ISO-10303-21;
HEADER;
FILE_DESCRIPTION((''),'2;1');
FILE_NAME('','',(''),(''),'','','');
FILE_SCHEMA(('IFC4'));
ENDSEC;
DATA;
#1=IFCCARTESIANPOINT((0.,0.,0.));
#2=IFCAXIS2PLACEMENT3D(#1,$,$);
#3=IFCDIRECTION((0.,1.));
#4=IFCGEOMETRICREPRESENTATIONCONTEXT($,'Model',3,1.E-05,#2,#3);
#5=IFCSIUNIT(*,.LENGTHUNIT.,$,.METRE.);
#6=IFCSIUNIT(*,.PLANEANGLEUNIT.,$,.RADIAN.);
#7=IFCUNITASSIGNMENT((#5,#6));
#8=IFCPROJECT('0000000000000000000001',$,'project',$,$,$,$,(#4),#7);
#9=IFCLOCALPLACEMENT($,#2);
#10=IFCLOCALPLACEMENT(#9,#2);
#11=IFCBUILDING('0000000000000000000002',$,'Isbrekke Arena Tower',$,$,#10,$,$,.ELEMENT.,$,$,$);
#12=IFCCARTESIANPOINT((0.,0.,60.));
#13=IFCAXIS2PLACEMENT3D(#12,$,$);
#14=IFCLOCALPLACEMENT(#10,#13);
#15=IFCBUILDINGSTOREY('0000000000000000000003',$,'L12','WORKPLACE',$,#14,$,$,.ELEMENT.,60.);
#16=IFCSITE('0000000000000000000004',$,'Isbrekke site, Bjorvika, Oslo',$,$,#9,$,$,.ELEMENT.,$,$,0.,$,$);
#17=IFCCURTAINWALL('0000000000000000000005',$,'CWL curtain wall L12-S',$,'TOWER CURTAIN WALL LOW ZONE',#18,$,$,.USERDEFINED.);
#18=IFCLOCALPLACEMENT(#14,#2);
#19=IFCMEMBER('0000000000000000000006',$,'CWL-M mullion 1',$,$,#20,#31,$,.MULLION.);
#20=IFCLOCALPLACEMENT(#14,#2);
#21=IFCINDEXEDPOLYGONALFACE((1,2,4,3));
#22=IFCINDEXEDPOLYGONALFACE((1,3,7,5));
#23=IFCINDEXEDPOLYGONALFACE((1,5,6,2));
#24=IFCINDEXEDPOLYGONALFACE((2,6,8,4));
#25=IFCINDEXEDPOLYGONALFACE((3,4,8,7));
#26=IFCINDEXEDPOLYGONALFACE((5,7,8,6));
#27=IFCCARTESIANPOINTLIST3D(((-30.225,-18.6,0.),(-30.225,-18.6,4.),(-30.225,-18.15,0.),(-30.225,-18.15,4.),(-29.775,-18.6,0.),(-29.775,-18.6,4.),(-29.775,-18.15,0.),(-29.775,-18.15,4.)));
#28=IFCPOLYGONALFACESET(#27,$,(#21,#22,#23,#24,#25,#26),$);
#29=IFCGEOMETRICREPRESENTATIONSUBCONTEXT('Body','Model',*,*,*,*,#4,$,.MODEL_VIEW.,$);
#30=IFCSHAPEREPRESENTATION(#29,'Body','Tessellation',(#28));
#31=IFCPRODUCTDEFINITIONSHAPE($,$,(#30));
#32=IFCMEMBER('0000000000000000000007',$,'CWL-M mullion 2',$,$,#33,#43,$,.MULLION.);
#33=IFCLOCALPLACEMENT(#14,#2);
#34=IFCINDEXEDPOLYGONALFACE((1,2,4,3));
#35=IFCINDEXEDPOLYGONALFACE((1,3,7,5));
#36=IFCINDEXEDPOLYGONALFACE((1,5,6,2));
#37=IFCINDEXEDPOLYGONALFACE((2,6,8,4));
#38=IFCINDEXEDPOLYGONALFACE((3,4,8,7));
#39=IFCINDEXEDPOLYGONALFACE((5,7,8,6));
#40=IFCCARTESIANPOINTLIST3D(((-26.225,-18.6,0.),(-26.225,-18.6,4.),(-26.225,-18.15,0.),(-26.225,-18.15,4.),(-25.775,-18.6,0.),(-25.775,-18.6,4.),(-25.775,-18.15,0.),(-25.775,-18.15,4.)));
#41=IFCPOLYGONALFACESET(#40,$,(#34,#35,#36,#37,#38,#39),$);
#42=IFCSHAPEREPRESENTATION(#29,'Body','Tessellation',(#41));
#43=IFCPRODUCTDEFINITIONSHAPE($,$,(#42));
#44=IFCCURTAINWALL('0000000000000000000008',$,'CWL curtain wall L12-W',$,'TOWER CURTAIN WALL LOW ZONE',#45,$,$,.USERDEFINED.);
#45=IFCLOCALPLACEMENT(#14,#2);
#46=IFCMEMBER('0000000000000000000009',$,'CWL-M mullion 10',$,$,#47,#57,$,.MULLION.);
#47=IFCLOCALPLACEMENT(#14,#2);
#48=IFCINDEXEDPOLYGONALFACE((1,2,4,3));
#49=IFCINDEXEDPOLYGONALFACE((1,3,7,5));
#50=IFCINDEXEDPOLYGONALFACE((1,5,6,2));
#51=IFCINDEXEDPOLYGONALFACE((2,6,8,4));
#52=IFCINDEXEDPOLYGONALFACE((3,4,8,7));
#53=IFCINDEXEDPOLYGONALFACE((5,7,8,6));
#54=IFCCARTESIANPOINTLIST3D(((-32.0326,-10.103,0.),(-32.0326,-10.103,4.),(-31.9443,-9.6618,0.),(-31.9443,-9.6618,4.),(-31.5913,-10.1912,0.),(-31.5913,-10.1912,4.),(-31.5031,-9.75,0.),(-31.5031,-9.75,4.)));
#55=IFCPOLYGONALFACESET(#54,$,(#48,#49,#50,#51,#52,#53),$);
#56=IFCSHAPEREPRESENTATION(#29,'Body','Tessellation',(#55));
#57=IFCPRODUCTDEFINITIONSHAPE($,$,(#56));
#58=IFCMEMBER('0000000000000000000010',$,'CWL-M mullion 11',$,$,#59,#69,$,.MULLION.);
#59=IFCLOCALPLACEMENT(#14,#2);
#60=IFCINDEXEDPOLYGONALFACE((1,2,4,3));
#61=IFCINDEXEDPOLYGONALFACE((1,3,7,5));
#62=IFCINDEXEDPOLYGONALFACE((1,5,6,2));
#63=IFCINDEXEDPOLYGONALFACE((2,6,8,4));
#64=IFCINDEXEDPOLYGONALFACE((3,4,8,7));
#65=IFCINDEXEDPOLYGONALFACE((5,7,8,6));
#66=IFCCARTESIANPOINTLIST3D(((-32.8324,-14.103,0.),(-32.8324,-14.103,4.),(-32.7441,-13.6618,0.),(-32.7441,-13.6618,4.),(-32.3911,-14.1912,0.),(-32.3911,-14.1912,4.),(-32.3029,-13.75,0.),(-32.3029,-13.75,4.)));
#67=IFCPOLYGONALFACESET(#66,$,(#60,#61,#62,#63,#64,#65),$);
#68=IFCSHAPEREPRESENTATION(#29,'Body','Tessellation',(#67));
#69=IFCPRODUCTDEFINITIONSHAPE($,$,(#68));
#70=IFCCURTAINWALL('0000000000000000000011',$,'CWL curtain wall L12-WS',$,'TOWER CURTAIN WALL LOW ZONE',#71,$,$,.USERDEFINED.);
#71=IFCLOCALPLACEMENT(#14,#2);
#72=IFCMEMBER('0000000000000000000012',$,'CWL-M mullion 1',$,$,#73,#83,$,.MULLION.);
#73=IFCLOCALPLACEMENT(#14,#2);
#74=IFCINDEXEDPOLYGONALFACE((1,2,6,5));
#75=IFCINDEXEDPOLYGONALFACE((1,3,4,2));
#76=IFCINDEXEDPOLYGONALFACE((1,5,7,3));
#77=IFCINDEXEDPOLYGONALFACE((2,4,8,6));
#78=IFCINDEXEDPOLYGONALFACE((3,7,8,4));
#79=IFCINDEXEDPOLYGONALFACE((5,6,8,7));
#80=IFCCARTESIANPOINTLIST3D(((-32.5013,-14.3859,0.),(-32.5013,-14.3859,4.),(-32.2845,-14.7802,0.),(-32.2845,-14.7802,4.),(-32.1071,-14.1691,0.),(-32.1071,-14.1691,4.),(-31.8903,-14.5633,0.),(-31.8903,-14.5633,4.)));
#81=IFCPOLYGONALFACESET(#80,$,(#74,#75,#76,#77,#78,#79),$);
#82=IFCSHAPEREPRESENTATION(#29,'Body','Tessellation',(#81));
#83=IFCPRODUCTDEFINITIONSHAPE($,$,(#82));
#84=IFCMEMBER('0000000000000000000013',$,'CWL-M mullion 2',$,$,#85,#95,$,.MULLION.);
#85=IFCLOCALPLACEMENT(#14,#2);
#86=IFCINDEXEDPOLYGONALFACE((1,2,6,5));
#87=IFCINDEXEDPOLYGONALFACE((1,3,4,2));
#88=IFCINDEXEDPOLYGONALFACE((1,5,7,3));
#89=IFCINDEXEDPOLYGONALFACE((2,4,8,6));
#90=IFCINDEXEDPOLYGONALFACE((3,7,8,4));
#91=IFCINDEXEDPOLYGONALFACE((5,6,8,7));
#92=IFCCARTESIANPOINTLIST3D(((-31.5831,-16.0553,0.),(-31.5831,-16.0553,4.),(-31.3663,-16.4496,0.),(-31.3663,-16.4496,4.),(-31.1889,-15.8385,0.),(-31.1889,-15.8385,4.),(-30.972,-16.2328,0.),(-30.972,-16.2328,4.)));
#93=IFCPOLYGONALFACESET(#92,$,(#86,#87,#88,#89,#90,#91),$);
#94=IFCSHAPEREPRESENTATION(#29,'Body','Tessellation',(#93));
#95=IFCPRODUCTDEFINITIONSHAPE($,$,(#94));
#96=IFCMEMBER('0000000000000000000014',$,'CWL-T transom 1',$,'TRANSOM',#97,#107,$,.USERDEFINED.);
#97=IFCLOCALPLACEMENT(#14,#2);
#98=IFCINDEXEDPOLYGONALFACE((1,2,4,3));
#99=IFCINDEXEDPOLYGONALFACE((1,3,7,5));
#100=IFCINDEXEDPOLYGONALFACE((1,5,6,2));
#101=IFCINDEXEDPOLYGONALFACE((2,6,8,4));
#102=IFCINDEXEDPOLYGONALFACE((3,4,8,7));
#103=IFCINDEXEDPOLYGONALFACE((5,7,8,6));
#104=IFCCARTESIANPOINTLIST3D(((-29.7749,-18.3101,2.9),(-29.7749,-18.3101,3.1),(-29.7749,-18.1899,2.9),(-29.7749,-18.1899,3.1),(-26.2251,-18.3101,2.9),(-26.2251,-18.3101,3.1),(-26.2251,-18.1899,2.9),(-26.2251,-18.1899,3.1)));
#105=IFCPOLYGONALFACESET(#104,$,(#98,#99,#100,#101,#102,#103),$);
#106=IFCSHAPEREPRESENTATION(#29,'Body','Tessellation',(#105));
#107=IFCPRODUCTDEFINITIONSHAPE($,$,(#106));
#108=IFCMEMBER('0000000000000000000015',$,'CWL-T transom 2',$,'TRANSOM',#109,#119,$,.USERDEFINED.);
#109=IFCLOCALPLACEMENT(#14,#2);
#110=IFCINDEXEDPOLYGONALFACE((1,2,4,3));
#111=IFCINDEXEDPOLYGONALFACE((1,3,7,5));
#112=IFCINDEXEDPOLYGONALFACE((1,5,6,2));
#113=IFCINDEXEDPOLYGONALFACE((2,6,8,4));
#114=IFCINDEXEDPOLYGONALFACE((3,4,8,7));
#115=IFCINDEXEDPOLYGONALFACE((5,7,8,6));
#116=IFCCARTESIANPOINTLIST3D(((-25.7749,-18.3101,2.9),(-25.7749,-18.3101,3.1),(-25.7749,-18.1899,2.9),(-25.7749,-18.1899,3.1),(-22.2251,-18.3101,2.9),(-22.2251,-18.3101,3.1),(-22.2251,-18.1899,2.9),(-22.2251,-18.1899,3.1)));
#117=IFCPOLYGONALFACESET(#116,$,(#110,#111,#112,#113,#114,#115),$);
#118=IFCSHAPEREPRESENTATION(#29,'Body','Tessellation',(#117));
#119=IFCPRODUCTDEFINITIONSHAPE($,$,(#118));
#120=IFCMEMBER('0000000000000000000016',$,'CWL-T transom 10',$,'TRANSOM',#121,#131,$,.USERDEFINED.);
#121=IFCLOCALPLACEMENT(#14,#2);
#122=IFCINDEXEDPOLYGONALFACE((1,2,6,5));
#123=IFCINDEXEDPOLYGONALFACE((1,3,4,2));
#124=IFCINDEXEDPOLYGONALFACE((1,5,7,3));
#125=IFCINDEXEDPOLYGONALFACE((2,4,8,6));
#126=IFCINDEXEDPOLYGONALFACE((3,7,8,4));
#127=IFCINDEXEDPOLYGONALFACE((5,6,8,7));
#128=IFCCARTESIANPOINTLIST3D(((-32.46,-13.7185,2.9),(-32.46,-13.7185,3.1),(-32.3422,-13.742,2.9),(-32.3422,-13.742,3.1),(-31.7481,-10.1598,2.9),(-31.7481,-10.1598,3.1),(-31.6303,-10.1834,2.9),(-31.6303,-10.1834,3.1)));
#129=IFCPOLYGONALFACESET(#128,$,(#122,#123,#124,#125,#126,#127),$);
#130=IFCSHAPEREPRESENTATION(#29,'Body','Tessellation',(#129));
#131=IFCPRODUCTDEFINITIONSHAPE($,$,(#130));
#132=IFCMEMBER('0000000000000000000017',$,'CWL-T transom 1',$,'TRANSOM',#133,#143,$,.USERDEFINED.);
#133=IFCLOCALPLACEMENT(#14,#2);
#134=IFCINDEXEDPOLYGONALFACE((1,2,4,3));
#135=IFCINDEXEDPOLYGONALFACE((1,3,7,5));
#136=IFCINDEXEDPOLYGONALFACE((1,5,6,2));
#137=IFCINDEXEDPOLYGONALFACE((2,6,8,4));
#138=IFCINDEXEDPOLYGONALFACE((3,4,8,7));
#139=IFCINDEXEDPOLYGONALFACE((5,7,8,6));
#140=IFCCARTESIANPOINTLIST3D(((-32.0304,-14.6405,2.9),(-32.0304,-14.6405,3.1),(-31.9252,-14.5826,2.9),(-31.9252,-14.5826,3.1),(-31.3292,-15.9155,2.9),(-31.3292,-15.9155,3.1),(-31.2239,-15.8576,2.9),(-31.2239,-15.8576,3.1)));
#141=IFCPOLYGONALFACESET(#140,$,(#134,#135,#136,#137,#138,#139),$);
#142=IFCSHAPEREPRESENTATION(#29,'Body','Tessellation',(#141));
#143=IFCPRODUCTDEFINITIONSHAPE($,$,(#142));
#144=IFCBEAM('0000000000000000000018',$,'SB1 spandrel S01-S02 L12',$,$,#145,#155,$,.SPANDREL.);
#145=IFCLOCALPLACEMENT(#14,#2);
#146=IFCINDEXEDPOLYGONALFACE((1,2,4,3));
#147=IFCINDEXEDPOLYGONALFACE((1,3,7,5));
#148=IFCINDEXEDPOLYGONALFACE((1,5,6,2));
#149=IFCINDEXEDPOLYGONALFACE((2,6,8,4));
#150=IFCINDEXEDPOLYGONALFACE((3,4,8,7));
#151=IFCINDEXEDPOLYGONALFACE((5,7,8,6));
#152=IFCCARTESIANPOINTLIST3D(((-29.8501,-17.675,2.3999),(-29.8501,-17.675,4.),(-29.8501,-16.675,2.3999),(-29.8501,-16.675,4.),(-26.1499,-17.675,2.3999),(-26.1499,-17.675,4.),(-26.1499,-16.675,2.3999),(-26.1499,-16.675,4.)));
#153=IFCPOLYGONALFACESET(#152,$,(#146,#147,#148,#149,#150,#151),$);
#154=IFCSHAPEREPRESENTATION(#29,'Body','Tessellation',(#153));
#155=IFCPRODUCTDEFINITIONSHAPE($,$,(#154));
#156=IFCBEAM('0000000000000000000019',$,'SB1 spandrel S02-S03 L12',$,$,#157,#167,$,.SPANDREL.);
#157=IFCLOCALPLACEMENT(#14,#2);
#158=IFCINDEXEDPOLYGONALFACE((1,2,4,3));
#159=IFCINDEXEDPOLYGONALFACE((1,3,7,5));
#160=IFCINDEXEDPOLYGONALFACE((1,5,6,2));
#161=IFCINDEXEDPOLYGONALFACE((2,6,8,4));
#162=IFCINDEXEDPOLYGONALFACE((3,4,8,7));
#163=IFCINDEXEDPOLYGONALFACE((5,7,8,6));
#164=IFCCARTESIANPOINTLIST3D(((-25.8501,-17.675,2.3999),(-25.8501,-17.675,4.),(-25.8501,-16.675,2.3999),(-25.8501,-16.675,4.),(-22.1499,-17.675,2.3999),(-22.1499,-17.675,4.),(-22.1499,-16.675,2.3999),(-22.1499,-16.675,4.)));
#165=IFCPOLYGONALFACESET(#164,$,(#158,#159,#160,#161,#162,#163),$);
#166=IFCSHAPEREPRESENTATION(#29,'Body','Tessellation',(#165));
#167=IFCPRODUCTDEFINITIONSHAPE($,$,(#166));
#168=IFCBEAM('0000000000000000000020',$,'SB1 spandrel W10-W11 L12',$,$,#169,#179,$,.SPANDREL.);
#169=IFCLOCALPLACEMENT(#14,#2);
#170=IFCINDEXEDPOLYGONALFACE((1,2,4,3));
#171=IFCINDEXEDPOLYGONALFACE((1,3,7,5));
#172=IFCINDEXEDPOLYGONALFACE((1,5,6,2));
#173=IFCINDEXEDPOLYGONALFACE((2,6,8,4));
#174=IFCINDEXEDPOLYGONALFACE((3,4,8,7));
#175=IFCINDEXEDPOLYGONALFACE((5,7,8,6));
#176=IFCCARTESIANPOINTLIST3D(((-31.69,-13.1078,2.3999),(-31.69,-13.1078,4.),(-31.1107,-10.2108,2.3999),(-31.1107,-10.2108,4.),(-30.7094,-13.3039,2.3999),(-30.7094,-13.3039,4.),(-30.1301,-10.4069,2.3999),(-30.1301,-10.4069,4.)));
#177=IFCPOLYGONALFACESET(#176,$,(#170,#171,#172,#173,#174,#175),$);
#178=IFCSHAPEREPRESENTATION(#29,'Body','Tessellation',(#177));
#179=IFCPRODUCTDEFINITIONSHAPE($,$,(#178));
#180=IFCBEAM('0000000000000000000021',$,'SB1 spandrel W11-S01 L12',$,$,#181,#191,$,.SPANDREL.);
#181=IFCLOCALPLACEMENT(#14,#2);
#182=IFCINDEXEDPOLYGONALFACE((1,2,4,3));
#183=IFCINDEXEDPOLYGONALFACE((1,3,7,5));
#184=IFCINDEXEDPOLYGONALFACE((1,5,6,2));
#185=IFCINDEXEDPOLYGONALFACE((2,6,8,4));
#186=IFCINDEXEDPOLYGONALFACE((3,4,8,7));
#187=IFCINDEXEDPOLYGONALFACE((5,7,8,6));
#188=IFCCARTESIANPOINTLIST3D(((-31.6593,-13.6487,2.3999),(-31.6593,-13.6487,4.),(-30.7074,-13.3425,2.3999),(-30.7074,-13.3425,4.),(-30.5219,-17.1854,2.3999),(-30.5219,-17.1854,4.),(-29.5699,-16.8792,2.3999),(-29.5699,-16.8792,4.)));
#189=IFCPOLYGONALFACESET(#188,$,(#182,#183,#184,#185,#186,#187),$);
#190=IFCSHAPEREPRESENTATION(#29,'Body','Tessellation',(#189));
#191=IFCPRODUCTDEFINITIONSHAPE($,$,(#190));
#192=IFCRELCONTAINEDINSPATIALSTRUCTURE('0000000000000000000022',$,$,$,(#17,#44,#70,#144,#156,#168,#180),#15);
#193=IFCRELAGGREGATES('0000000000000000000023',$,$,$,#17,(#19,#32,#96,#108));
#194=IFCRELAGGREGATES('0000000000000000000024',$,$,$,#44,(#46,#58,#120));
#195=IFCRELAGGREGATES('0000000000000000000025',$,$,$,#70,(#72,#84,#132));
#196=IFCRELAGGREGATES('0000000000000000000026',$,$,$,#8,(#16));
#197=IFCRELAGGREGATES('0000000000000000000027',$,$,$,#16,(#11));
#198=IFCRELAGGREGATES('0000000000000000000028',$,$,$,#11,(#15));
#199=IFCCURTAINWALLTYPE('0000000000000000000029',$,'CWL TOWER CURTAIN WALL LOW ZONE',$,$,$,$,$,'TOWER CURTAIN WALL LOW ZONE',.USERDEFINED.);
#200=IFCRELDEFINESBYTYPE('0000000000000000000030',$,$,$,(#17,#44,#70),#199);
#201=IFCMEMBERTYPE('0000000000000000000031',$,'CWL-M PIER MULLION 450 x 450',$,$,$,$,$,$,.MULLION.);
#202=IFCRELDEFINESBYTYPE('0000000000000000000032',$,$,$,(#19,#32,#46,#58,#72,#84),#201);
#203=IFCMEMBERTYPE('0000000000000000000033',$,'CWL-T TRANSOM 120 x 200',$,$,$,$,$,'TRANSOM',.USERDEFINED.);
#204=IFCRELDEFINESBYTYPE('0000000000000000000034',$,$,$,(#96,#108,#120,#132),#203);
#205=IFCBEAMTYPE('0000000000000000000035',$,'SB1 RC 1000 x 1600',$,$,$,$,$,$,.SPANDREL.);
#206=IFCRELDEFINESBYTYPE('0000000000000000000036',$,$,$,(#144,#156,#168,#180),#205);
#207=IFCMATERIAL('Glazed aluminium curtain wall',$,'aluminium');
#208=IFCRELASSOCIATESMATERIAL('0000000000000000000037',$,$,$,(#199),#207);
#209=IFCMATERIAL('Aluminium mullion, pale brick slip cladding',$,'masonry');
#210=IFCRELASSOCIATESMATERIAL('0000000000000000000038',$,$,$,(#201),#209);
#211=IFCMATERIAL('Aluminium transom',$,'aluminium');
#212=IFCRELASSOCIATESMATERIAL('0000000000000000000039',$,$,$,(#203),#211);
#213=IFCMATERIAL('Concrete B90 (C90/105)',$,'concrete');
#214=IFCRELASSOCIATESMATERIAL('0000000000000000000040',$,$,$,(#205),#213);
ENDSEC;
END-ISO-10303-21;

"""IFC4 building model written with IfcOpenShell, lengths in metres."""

from ifc_helpers import new_model, si_unit, direction, frame, origin, origin_2d, place, context, subcontext, project, spatial, rectangle, extrude, material, material_profile, profile_set, type_object, element, aggregate, save


model = new_model("IFC4")

# Units and contexts
model_context = context("Model", 3, precision=1e-05, world=origin(), true_north=direction((0.0, 1.0)))
body_context = subcontext(model_context, "Body", "Model", "MODEL_VIEW")
ifc_project = project(units=[si_unit("LENGTHUNIT", "METRE"), si_unit("PLANEANGLEUNIT", "RADIAN")], contexts=[model_context])

# Site, building, storey
site_placement = place(None, origin())
site = spatial("IfcSite", under=ifc_project, at=site_placement, Name="Isbrekke site, Bjorvika, Oslo", CompositionType="ELEMENT", RefElevation=0.0)
building_placement = place(site_placement, origin())
building = spatial("IfcBuilding", under=site, at=building_placement, Name="Isbrekke Arena Tower", CompositionType="ELEMENT")
storey_placement = place(building_placement, frame((0.0, 0.0, 60.0)))
storey = spatial("IfcBuildingStorey", under=building, at=storey_placement, Name="L12", Description="WORKPLACE", CompositionType="ELEMENT", Elevation=60.0)

# Curtain walls, members
ifc_material_1 = material(Name="Glazed aluminium curtain wall", Category="aluminium")
curtain_wall_type = type_object("IfcCurtainWallType", Name="CWL TOWER CURTAIN WALL LOW ZONE", ElementType="TOWER CURTAIN WALL LOW ZONE", PredefinedType="USERDEFINED", material=ifc_material_1)
curtain_wall_1_placement = place(storey_placement, origin())
curtain_wall_1 = element("IfcCurtainWall", 1, at=curtain_wall_1_placement, inside=storey, type_object=curtain_wall_type, Name="CWL curtain wall L12-S", ObjectType="TOWER CURTAIN WALL LOW ZONE", PredefinedType="USERDEFINED")
ifc_material_2 = material(Name="Aluminium mullion, pale brick slip cladding", Category="masonry")
ifc_material_profile_1 = material_profile(ifc_material_2, rectangle(XDim=0.45, YDim=0.45, at=origin_2d()), Name="PIER 450X450")
ifc_profile_set_1 = profile_set([ifc_material_profile_1], Name="Aluminium mullion, pale brick slip cladding")
member_type_1 = type_object("IfcMemberType", Name="CWL-M PIER MULLION 450 x 450", PredefinedType="MULLION", material=ifc_profile_set_1)
member_1_placement = place(storey_placement, frame((-30.0, -18.375, 0.0), z_axis=(0.0, 0.0, 1.0), x_axis=(1.0, 0.0, 0.0)))
member_1 = element("IfcMember", 2, at=member_1_placement, type_object=member_type_1, Name="CWL-M mullion 1", PredefinedType="MULLION", context=body_context, shape_type="SweptSolid", body=[
    extrude(rectangle(XDim=0.45, YDim=0.45, at=origin_2d()), origin(), (0.0, 0.0, 1.0), 4.0),
])
member_2_placement = place(storey_placement, frame((-26.0, -18.375, 0.0), z_axis=(0.0, 0.0, 1.0), x_axis=(1.0, 0.0, 0.0)))
member_2 = element("IfcMember", 3, at=member_2_placement, type_object=member_type_1, Name="CWL-M mullion 2", PredefinedType="MULLION", context=body_context, shape_type="SweptSolid", body=[
    extrude(rectangle(XDim=0.45, YDim=0.45, at=origin_2d()), origin(), (0.0, 0.0, 1.0), 4.0),
])
curtain_wall_2_placement = place(storey_placement, origin())
curtain_wall_2 = element("IfcCurtainWall", 4, at=curtain_wall_2_placement, inside=storey, type_object=curtain_wall_type, Name="CWL curtain wall L12-W", ObjectType="TOWER CURTAIN WALL LOW ZONE", PredefinedType="USERDEFINED")
member_3_placement = place(storey_placement, frame((-31.7678, -9.9265, 0.0), z_axis=(0.0, 0.0, 1.0), x_axis=(-0.196116, -0.980581, 0.0)))
member_3 = element("IfcMember", 5, at=member_3_placement, type_object=member_type_1, Name="CWL-M mullion 10", PredefinedType="MULLION", context=body_context, shape_type="SweptSolid", body=[
    extrude(rectangle(XDim=0.45, YDim=0.45, at=origin_2d()), origin(), (0.0, 0.0, 1.0), 4.0),
])
member_4_placement = place(storey_placement, frame((-32.5676, -13.9265, 0.0), z_axis=(0.0, 0.0, 1.0), x_axis=(-0.196116, -0.980581, 0.0)))
member_4 = element("IfcMember", 6, at=member_4_placement, type_object=member_type_1, Name="CWL-M mullion 11", PredefinedType="MULLION", context=body_context, shape_type="SweptSolid", body=[
    extrude(rectangle(XDim=0.45, YDim=0.45, at=origin_2d()), origin(), (0.0, 0.0, 1.0), 4.0),
])
curtain_wall_3_placement = place(storey_placement, origin())
curtain_wall_3 = element("IfcCurtainWall", 7, at=curtain_wall_3_placement, inside=storey, type_object=curtain_wall_type, Name="CWL curtain wall L12-WS", ObjectType="TOWER CURTAIN WALL LOW ZONE", PredefinedType="USERDEFINED")
member_5_placement = place(storey_placement, frame((-32.1958, -14.4746, 0.0), z_axis=(0.0, 0.0, 1.0), x_axis=(0.481919, -0.876216, 0.0)))
member_5 = element("IfcMember", 8, at=member_5_placement, type_object=member_type_1, Name="CWL-M mullion 1", PredefinedType="MULLION", context=body_context, shape_type="SweptSolid", body=[
    extrude(rectangle(XDim=0.45, YDim=0.45, at=origin_2d()), origin(), (0.0, 0.0, 1.0), 4.0),
])
member_6_placement = place(storey_placement, frame((-31.2776, -16.144, 0.0), z_axis=(0.0, 0.0, 1.0), x_axis=(0.481919, -0.876216, 0.0)))
member_6 = element("IfcMember", 9, at=member_6_placement, type_object=member_type_1, Name="CWL-M mullion 2", PredefinedType="MULLION", context=body_context, shape_type="SweptSolid", body=[
    extrude(rectangle(XDim=0.45, YDim=0.45, at=origin_2d()), origin(), (0.0, 0.0, 1.0), 4.0),
])

# Members
ifc_material_3 = material(Name="Aluminium transom", Category="aluminium")
ifc_material_profile_2 = material_profile(ifc_material_3, rectangle(XDim=0.1201, YDim=0.2, at=origin_2d()), Name="TRANSOM 120X200")
ifc_profile_set_2 = profile_set([ifc_material_profile_2], Name="Aluminium transom")
member_type_2 = type_object("IfcMemberType", Name="CWL-T TRANSOM 120 x 200", ElementType="TRANSOM", PredefinedType="USERDEFINED", material=ifc_profile_set_2)
member_7_placement = place(storey_placement, frame((-29.7749, -18.25, 3.0), z_axis=(1.0, 0.0, 0.0), x_axis=(0.0, 1.0, 0.0)))
member_7 = element("IfcMember", 10, at=member_7_placement, type_object=member_type_2, Name="CWL-T transom 1", ObjectType="TRANSOM", PredefinedType="USERDEFINED", context=body_context, shape_type="SweptSolid", body=[
    extrude(rectangle(XDim=0.1201, YDim=0.2, at=origin_2d()), origin(), (0.0, 0.0, 1.0), 3.5498),
])
member_8_placement = place(storey_placement, frame((-25.7749, -18.25, 3.0), z_axis=(1.0, 0.0, 0.0), x_axis=(0.0, 1.0, 0.0)))
member_8 = element("IfcMember", 11, at=member_8_placement, type_object=member_type_2, Name="CWL-T transom 2", ObjectType="TRANSOM", PredefinedType="USERDEFINED", context=body_context, shape_type="SweptSolid", body=[
    extrude(rectangle(XDim=0.1201, YDim=0.2, at=origin_2d()), origin(), (0.0, 0.0, 1.0), 3.5498),
])
member_9_placement = place(storey_placement, frame((-31.6892, -10.1716, 3.0), z_axis=(-0.196168, -0.98057, 0.0), x_axis=(0.98057, -0.196168, 0.0)))
member_9 = element("IfcMember", 12, at=member_9_placement, type_object=member_type_2, Name="CWL-T transom 10", ObjectType="TRANSOM", PredefinedType="USERDEFINED", context=body_context, shape_type="SweptSolid", body=[
    extrude(rectangle(XDim=0.1201, YDim=0.2, at=origin_2d()), origin(), (0.0, 0.0, 1.0), 3.6292),
])
member_10_placement = place(storey_placement, frame((-31.9778, -14.6116, 3.0), z_axis=(0.481906, -0.876223, 0.0), x_axis=(0.876223, 0.481906, 0.0)))
member_10 = element("IfcMember", 13, at=member_10_placement, type_object=member_type_2, Name="CWL-T transom 1", ObjectType="TRANSOM", PredefinedType="USERDEFINED", context=body_context, shape_type="SweptSolid", body=[
    extrude(rectangle(XDim=0.1201, YDim=0.2, at=origin_2d()), origin(), (0.0, 0.0, 1.0), 1.4551),
])

# Beams
ifc_material_4 = material(Name="Concrete B90 (C90/105)", Category="concrete")
ifc_material_profile_3 = material_profile(ifc_material_4, rectangle(XDim=1.0, YDim=1.6001, at=origin_2d()), Name="RC 1000x1600")
ifc_profile_set_3 = profile_set([ifc_material_profile_3], Name="Concrete B90 (C90/105)")
beam_type_1 = type_object("IfcBeamType", Name="SB1 RC 1000 x 1600", PredefinedType="SPANDREL", material=ifc_profile_set_3)
for number, where, z_axis, x_axis, name in (
    (14, (-29.8501, -17.175, 3.2), (1.0, 0.0, 0.0), (0.0, 1.0, 0.0), "SB1 spandrel S01-S02 L12"),
    (15, (-25.8501, -17.175, 3.2), (1.0, 0.0, 0.0), (0.0, 1.0, 0.0), "SB1 spandrel S02-S03 L12"),
):
    element("IfcBeam", number, at=place(storey_placement, frame(where, z_axis=z_axis, x_axis=x_axis)), inside=storey, type_object=beam_type_1, Name=name, PredefinedType="SPANDREL", context=body_context, shape_type="SweptSolid", body=[
        extrude(rectangle(XDim=1.0, YDim=1.6001, at=origin_2d()), origin(), (0.0, 0.0, 1.0), 3.7002),
    ])
beam_1_placement = place(storey_placement, frame((-30.6204, -10.3088, 3.2), z_axis=(-0.1961, -0.980584, 0.0), x_axis=(0.980584, -0.1961, 0.0)))
element("IfcBeam", 16, at=beam_1_placement, inside=storey, type_object=beam_type_1, Name="SB1 spandrel W10-W11 L12", PredefinedType="SPANDREL", context=body_context, shape_type="SweptSolid", body=[
    extrude(rectangle(XDim=1.0, YDim=1.6001, at=origin_2d()), origin(), (0.0, 0.0, 1.0), 2.9543),
])
beam_2_placement = place(storey_placement, frame((-31.1833, -13.4956, 3.2), z_axis=(0.306175, -0.951975, 0.0), x_axis=(0.951975, 0.306175, 0.0)))
element("IfcBeam", 17, at=beam_2_placement, inside=storey, type_object=beam_type_1, Name="SB1 spandrel W11-S01 L12", PredefinedType="SPANDREL", context=body_context, shape_type="SweptSolid", body=[
    extrude(rectangle(XDim=1.0, YDim=1.6001, at=origin_2d()), origin(), (0.0, 0.0, 1.0), 3.7151),
])

aggregate(curtain_wall_1, [member_1, member_2, member_7, member_8])
aggregate(curtain_wall_2, [member_3, member_4, member_9])
aggregate(curtain_wall_3, [member_5, member_6, member_10])

save(model, "model.ifc")
